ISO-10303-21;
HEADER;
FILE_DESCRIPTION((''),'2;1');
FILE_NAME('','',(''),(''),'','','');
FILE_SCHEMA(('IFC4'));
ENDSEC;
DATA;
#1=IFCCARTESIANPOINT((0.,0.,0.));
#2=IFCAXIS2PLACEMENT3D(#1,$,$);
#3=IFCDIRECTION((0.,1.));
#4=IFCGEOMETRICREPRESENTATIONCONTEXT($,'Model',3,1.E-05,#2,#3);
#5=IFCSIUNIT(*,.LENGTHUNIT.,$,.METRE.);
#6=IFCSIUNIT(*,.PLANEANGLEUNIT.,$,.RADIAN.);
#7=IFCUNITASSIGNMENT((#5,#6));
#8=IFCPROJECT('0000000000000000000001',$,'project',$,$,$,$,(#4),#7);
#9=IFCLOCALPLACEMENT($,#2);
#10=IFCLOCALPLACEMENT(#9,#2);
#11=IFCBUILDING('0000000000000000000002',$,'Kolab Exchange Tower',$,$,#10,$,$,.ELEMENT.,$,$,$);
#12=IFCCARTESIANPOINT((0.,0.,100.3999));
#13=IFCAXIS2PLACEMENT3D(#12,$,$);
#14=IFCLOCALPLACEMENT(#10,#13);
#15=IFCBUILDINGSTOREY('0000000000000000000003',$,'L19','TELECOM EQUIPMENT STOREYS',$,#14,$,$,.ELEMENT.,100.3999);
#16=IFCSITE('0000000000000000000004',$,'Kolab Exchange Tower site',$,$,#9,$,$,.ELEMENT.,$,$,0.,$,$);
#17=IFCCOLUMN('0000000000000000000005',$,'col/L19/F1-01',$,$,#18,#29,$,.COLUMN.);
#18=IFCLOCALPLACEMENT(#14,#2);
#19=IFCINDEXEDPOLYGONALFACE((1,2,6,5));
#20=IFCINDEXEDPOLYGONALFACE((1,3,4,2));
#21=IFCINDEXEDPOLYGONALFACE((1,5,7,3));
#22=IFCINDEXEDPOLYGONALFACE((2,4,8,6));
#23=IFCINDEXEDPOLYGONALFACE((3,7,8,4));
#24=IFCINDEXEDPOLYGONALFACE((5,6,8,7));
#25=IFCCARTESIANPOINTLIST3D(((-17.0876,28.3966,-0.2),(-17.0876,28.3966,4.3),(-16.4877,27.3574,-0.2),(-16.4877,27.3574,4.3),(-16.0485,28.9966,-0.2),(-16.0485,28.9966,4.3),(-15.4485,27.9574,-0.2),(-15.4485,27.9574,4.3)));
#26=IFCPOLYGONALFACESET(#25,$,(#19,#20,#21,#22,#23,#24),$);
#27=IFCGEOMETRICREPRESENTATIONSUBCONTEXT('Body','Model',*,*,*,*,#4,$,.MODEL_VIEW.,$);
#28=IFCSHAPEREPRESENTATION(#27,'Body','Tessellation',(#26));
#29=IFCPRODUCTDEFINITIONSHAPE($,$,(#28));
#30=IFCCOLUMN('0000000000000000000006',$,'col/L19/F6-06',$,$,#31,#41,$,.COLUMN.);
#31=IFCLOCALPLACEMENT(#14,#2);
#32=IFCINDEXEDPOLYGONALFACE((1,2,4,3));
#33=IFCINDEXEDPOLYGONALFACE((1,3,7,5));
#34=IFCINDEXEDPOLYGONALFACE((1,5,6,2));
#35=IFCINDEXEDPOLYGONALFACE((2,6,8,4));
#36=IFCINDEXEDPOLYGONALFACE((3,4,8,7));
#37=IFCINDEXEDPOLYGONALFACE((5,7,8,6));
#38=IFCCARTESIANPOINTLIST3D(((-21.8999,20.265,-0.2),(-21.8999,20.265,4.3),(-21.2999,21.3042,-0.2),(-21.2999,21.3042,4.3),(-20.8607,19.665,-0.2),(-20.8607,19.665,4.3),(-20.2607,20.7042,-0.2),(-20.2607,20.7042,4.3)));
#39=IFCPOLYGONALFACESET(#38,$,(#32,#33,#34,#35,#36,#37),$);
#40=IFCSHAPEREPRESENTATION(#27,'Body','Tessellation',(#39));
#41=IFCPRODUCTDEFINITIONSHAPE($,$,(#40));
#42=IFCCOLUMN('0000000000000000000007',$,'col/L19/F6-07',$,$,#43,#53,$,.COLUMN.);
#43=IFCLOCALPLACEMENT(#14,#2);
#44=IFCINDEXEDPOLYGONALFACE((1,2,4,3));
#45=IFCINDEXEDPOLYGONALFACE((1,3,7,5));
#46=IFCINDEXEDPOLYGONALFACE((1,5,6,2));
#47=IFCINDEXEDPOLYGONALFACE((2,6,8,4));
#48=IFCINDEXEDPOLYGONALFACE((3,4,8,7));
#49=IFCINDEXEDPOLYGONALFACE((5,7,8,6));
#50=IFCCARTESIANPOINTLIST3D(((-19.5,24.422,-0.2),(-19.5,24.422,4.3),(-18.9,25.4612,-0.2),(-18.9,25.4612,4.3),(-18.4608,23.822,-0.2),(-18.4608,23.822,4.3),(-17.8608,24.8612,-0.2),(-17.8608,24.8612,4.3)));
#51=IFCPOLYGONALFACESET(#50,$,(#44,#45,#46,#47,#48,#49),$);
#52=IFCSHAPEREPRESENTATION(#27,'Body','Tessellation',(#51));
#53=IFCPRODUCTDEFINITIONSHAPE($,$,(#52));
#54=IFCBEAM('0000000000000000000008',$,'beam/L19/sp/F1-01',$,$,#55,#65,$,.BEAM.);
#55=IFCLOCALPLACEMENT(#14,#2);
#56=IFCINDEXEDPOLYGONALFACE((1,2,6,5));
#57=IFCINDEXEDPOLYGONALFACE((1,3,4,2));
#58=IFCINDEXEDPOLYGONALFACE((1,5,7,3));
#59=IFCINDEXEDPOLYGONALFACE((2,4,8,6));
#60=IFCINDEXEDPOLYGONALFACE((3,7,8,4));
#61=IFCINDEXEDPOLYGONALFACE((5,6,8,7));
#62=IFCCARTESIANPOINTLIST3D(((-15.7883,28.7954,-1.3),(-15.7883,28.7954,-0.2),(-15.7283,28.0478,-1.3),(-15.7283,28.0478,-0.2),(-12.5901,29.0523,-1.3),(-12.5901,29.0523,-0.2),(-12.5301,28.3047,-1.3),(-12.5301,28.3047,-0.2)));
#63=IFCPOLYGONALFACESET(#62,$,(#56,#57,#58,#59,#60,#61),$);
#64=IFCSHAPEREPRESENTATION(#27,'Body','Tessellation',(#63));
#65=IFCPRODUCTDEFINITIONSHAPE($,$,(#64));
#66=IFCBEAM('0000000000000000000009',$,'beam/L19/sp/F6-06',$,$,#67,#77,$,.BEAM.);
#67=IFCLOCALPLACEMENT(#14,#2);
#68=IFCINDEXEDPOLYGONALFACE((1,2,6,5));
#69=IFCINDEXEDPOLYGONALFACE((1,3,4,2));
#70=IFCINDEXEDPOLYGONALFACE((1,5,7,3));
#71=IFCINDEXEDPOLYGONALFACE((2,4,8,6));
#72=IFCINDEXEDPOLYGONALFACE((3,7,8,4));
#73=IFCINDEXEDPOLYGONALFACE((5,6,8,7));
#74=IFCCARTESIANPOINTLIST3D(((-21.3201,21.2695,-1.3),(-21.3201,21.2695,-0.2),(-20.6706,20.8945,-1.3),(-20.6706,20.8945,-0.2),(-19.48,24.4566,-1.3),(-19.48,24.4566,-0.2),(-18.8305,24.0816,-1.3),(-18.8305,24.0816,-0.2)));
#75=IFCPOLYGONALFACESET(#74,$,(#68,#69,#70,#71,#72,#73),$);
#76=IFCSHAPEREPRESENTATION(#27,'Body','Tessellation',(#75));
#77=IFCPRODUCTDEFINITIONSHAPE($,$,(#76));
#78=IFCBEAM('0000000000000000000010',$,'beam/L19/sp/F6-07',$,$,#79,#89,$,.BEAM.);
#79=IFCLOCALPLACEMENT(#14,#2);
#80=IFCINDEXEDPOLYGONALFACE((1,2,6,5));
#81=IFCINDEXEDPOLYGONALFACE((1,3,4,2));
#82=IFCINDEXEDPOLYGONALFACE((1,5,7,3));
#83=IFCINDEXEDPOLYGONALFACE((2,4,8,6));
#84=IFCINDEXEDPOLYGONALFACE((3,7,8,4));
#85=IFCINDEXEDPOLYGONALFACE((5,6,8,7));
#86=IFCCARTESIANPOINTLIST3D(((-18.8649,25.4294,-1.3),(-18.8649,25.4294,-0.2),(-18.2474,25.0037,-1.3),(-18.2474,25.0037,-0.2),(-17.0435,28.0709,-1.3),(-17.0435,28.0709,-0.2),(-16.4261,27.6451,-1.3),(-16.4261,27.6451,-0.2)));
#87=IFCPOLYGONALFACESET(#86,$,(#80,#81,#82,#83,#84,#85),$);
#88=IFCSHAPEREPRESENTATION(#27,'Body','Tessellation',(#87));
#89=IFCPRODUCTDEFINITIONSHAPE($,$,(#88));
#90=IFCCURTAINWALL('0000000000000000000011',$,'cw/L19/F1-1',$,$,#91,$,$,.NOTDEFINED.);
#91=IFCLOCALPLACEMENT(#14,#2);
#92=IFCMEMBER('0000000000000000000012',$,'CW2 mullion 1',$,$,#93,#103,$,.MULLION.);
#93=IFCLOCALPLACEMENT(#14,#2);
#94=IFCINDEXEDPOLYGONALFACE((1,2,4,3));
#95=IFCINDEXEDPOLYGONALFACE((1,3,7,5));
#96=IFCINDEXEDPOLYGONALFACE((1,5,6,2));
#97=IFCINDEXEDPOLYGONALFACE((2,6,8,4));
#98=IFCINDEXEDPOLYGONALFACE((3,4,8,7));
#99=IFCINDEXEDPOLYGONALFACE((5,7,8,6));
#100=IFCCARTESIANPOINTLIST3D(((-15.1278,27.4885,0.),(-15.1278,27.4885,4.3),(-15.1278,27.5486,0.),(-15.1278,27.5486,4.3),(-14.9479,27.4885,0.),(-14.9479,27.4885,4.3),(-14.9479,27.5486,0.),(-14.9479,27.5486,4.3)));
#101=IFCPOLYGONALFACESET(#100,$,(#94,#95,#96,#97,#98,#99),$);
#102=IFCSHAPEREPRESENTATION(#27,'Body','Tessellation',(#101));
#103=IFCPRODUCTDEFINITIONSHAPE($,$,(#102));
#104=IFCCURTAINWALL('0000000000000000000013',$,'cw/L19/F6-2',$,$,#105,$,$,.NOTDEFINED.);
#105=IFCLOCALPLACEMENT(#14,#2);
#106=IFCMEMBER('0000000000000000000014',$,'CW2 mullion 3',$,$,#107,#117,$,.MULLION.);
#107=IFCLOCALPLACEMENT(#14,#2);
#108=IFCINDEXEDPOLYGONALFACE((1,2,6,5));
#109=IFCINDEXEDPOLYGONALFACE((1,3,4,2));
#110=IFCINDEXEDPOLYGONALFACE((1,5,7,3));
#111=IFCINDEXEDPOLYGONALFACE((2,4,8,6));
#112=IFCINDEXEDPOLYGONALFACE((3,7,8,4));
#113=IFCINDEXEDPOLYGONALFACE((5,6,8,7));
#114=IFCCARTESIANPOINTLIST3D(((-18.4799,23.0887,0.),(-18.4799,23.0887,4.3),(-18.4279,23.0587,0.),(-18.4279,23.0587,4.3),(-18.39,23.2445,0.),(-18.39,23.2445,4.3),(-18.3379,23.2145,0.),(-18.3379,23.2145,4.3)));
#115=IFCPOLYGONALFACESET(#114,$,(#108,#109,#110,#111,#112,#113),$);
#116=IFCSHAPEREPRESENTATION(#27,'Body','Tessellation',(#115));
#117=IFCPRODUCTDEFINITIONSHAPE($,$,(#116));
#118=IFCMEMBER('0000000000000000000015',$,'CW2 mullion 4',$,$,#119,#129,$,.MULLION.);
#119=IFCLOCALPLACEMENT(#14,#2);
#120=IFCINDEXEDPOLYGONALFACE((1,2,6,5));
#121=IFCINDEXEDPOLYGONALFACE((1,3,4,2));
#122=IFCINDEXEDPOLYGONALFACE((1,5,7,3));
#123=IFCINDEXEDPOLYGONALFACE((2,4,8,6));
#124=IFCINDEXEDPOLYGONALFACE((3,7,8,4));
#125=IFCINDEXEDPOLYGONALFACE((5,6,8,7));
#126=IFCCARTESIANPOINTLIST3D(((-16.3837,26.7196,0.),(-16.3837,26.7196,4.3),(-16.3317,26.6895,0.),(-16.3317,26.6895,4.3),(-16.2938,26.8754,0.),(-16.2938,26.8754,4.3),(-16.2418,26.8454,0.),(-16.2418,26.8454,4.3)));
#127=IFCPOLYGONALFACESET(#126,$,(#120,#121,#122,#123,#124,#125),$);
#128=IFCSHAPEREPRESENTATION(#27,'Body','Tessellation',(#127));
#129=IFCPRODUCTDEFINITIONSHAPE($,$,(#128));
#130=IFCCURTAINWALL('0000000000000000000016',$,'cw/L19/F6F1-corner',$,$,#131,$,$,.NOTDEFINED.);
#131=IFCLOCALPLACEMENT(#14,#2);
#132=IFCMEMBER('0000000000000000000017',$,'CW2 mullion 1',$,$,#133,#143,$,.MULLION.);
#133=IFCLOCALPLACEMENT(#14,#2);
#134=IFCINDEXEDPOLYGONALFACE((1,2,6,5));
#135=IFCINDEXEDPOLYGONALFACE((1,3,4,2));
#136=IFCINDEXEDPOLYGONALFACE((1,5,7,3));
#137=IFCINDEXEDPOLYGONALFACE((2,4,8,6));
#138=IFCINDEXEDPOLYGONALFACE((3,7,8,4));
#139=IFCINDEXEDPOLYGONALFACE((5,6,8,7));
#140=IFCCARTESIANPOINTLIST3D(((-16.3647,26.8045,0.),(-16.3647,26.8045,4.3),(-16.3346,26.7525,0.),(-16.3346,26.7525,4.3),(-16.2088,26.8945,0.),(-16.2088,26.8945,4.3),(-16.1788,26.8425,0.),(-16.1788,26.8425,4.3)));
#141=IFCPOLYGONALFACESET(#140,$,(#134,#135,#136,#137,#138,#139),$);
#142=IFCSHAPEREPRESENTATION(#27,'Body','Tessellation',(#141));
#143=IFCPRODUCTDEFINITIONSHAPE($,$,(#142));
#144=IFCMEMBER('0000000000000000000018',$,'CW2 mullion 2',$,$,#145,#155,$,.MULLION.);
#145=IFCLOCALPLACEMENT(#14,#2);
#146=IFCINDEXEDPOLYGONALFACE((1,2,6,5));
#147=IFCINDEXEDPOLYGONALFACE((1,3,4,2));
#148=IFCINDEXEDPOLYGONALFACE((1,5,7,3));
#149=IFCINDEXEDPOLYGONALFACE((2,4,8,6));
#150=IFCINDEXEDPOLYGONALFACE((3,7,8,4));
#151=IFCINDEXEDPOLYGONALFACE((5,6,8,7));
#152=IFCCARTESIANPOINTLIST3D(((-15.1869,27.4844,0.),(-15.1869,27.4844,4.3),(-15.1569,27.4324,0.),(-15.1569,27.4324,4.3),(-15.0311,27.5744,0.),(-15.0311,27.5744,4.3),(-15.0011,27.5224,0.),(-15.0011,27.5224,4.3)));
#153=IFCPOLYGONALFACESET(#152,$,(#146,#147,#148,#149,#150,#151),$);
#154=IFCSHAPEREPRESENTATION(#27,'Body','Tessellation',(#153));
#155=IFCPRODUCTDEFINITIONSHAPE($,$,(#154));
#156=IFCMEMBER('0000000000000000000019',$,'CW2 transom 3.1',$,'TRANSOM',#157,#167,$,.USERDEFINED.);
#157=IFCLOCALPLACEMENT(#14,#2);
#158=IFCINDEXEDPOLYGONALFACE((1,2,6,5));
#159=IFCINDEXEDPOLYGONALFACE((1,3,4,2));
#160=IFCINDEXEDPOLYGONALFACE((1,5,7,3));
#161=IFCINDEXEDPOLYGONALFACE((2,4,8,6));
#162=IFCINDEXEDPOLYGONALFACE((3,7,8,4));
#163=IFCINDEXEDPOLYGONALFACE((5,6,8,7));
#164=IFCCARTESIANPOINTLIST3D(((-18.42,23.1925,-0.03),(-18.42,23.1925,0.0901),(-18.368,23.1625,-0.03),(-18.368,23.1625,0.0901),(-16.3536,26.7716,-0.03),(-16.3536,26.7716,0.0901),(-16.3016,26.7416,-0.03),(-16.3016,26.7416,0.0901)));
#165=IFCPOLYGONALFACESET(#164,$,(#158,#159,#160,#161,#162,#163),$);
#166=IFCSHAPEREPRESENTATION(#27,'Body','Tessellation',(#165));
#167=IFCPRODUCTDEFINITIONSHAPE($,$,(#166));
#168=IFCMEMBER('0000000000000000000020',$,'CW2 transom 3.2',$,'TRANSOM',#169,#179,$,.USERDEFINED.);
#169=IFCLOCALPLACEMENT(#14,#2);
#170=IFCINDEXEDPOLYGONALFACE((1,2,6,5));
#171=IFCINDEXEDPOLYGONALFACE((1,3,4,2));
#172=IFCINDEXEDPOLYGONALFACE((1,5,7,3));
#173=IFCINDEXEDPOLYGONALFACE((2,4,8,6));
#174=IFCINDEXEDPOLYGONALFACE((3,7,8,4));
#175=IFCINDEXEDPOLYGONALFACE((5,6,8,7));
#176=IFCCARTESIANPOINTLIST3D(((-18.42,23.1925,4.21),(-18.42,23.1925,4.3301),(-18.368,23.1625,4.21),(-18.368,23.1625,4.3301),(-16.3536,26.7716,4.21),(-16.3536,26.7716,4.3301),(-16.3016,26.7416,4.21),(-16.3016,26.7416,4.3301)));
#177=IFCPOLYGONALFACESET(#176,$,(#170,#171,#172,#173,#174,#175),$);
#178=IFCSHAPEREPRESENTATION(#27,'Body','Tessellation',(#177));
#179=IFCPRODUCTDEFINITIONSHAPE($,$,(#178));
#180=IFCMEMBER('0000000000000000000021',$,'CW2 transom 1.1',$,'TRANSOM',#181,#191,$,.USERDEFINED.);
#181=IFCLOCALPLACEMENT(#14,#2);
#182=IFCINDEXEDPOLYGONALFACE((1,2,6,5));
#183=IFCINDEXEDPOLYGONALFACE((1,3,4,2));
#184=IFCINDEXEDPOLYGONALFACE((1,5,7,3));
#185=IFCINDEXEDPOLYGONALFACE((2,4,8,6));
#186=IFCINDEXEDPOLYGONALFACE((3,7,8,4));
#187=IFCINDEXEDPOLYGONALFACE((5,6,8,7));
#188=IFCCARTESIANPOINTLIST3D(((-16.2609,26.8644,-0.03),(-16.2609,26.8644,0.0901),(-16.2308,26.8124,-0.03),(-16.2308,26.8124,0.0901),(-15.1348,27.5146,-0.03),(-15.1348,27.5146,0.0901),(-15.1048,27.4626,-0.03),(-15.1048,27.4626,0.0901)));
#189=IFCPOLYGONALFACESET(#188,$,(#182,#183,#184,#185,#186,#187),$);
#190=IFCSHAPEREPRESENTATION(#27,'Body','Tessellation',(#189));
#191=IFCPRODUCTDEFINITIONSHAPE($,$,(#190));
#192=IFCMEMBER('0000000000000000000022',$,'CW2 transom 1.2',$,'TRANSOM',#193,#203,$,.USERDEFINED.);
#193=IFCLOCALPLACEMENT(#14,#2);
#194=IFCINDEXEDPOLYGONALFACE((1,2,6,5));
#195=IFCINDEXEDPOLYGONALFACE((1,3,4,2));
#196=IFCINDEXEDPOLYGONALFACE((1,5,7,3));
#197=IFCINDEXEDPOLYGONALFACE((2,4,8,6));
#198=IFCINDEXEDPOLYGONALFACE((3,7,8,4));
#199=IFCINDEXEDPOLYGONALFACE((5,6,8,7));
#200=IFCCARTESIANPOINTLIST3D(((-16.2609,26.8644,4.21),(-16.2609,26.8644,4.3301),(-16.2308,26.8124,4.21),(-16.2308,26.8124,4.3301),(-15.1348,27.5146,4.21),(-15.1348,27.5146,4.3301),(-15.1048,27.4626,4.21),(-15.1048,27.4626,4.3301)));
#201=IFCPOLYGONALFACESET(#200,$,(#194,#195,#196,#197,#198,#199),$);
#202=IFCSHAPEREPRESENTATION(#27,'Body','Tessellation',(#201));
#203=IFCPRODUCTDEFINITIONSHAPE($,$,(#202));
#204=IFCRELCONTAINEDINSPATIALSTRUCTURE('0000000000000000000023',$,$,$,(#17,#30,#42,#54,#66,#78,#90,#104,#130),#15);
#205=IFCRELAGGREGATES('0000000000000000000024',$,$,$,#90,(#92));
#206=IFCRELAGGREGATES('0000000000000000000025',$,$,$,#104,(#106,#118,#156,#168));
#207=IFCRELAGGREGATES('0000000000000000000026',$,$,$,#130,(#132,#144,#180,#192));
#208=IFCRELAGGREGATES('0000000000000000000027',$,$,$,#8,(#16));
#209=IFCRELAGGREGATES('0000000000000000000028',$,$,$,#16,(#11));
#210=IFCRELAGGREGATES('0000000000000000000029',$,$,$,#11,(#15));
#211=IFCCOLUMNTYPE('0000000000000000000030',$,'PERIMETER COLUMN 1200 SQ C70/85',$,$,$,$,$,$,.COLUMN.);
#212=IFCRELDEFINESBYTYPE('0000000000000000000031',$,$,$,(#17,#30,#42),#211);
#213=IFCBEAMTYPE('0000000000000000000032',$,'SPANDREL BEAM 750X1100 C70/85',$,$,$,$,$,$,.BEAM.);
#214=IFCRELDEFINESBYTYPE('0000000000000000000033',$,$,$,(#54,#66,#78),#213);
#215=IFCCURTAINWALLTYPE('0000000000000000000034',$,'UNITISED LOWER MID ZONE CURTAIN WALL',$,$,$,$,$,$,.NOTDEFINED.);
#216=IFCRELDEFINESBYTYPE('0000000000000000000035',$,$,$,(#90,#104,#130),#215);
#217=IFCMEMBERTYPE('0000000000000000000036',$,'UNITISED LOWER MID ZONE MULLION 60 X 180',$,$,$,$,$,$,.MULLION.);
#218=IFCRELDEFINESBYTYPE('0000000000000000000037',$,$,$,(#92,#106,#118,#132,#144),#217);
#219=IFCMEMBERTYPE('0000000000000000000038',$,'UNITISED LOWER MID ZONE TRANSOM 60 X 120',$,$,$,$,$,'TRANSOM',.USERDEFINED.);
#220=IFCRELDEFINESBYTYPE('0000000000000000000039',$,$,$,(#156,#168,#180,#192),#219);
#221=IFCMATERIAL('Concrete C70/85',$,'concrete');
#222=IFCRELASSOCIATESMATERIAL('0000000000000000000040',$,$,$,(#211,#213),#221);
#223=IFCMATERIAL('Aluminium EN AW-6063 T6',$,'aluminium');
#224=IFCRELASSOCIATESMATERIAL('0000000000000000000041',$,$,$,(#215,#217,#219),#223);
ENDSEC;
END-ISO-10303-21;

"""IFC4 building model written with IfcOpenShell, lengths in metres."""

from ifc_helpers import new_model, si_unit, direction, frame, origin, origin_2d, place, context, subcontext, project, spatial, rectangle, extrude, material, material_profile, profile_set, type_object, element, aggregate, save


model = new_model("IFC4")

# Units and contexts
model_context = context("Model", 3, precision=1e-05, world=origin(), true_north=direction((0.0, 1.0)))
body_context = subcontext(model_context, "Body", "Model", "MODEL_VIEW")
ifc_project = project(units=[si_unit("LENGTHUNIT", "METRE"), si_unit("PLANEANGLEUNIT", "RADIAN")], contexts=[model_context])

# Site, building, storey
site_placement = place(None, origin())
site = spatial("IfcSite", under=ifc_project, at=site_placement, Name="Kolab Exchange Tower site", CompositionType="ELEMENT", RefElevation=0.0)
building_placement = place(site_placement, origin())
building = spatial("IfcBuilding", under=site, at=building_placement, Name="Kolab Exchange Tower", CompositionType="ELEMENT")
storey_placement = place(building_placement, frame((0.0, 0.0, 100.3999)))
storey = spatial("IfcBuildingStorey", under=building, at=storey_placement, Name="L19", Description="TELECOM EQUIPMENT STOREYS", CompositionType="ELEMENT", Elevation=100.3999)

# Columns
ifc_material_1 = material(Name="Concrete C70/85", Category="concrete")
ifc_material_profile_1 = material_profile(ifc_material_1, rectangle(XDim=1.2, YDim=1.2, at=origin_2d()), Name="RC1200")
ifc_profile_set_1 = profile_set([ifc_material_profile_1], Name="Concrete C70/85")
column_type = type_object("IfcColumnType", Name="PERIMETER COLUMN 1200 SQ C70/85", PredefinedType="COLUMN", material=ifc_profile_set_1)
for number, where, z_axis, x_axis, name in (
    (1, (-16.2681, 28.177, -0.2), (0.0, 0.0, 1.0), (0.866025, 0.5, 0.0), "col/L19/F1-01"),
    (2, (-21.0803, 20.4846, -0.2), (0.0, 0.0, 1.0), (0.5, 0.866025, 0.0), "col/L19/F6-06"),
    (3, (-18.6804, 24.6416, -0.2), (0.0, 0.0, 1.0), (0.5, 0.866025, 0.0), "col/L19/F6-07"),
):
    element("IfcColumn", number, at=place(storey_placement, frame(where, z_axis=z_axis, x_axis=x_axis)), inside=storey, type_object=column_type, Name=name, PredefinedType="COLUMN", context=body_context, shape_type="SweptSolid", body=[
        extrude(rectangle(XDim=1.2, YDim=1.2, at=origin_2d()), origin(), (0.0, 0.0, 1.0), 4.5),
    ])

# Beams
ifc_material_profile_2 = material_profile(ifc_material_1, rectangle(XDim=0.75, YDim=1.1001, at=origin_2d()), Name="RC750X1100")
ifc_profile_set_2 = profile_set([ifc_material_profile_2], Name="Concrete C70/85")
beam_type = type_object("IfcBeamType", Name="SPANDREL BEAM 750X1100 C70/85", PredefinedType="BEAM", material=ifc_profile_set_2)
beam_1_placement = place(storey_placement, frame((-15.7583, 28.4216, -0.75), z_axis=(0.996791, 0.080048, 0.0), x_axis=(-0.080048, 0.996791, 0.0)))
element("IfcBeam", 4, at=beam_1_placement, inside=storey, type_object=beam_type, Name="beam/L19/sp/F1-01", PredefinedType="BEAM", context=body_context, shape_type="SweptSolid", body=[
    extrude(rectangle(XDim=0.75, YDim=1.1001, at=origin_2d()), origin(), (0.0, 0.0, 1.0), 3.2085),
])
beam_2_placement = place(storey_placement, frame((-20.9954, 21.082, -0.75), z_axis=(0.500013, 0.866018, 0.0), x_axis=(-0.866018, 0.500013, 0.0)))
element("IfcBeam", 5, at=beam_2_placement, inside=storey, type_object=beam_type, Name="beam/L19/sp/F6-06", PredefinedType="BEAM", context=body_context, shape_type="SweptSolid", body=[
    extrude(rectangle(XDim=0.75, YDim=1.1001, at=origin_2d()), origin(), (0.0, 0.0, 1.0), 3.6802),
])
beam_3_placement = place(storey_placement, frame((-18.5562, 25.2166, -0.75), z_axis=(0.567662, 0.823262, 0.0), x_axis=(-0.823262, 0.567662, 0.0)))
element("IfcBeam", 6, at=beam_3_placement, inside=storey, type_object=beam_type, Name="beam/L19/sp/F6-07", PredefinedType="BEAM", context=body_context, shape_type="SweptSolid", body=[
    extrude(rectangle(XDim=0.75, YDim=1.1001, at=origin_2d()), origin(), (0.0, 0.0, 1.0), 3.2085),
])

# Curtain wall, member
ifc_material_2 = material(Name="Aluminium EN AW-6063 T6", Category="aluminium")
curtain_wall_type = type_object("IfcCurtainWallType", Name="UNITISED LOWER MID ZONE CURTAIN WALL", PredefinedType="NOTDEFINED", material=ifc_material_2)
curtain_wall_1_placement = place(storey_placement, origin())
curtain_wall_1 = element("IfcCurtainWall", 7, at=curtain_wall_1_placement, inside=storey, type_object=curtain_wall_type, Name="cw/L19/F1-1", PredefinedType="NOTDEFINED")
ifc_material_profile_3 = material_profile(ifc_material_2, rectangle(XDim=0.0601, YDim=0.1799, at=origin_2d()), Name="RECT 60X180")
ifc_profile_set_3 = profile_set([ifc_material_profile_3], Name="Aluminium EN AW-6063 T6")
member_type_1 = type_object("IfcMemberType", Name="UNITISED LOWER MID ZONE MULLION 60 X 180", PredefinedType="MULLION", material=ifc_profile_set_3)
member_1_placement = place(storey_placement, frame((-15.0378, 27.5186, 0.0), z_axis=(0.0, 0.0, 1.0), x_axis=(0.0, 1.0, 0.0)))
member_1 = element("IfcMember", 8, at=member_1_placement, type_object=member_type_1, Name="CW2 mullion 1", PredefinedType="MULLION", context=body_context, shape_type="SweptSolid", body=[
    extrude(rectangle(XDim=0.0601, YDim=0.1799, at=origin_2d()), origin(), (0.0, 0.0, 1.0), 4.3),
])
aggregate(curtain_wall_1, [member_1])

# Curtain walls, members
curtain_wall_2_placement = place(storey_placement, origin())
curtain_wall_2 = element("IfcCurtainWall", 9, at=curtain_wall_2_placement, inside=storey, type_object=curtain_wall_type, Name="cw/L19/F6-2", PredefinedType="NOTDEFINED")
member_2_placement = place(storey_placement, frame((-18.4089, 23.1516, 0.0), z_axis=(0.0, 0.0, 1.0), x_axis=(-0.866025, 0.5, 0.0)))
member_2 = element("IfcMember", 10, at=member_2_placement, type_object=member_type_1, Name="CW2 mullion 3", PredefinedType="MULLION", context=body_context, shape_type="SweptSolid", body=[
    extrude(rectangle(XDim=0.0601, YDim=0.1799, at=origin_2d()), origin(), (0.0, 0.0, 1.0), 4.3),
])
member_3_placement = place(storey_placement, frame((-16.3127, 26.7825, 0.0), z_axis=(0.0, 0.0, 1.0), x_axis=(-0.866025, 0.5, 0.0)))
member_3 = element("IfcMember", 11, at=member_3_placement, type_object=member_type_1, Name="CW2 mullion 4", PredefinedType="MULLION", context=body_context, shape_type="SweptSolid", body=[
    extrude(rectangle(XDim=0.0601, YDim=0.1799, at=origin_2d()), origin(), (0.0, 0.0, 1.0), 4.3),
])
curtain_wall_3_placement = place(storey_placement, origin())
curtain_wall_3 = element("IfcCurtainWall", 12, at=curtain_wall_3_placement, inside=storey, type_object=curtain_wall_type, Name="cw/L19/F6F1-corner", PredefinedType="NOTDEFINED")
member_4_placement = place(storey_placement, frame((-16.2717, 26.8235, 0.0), z_axis=(0.0, 0.0, 1.0), x_axis=(-0.5, 0.866025, 0.0)))
member_4 = element("IfcMember", 13, at=member_4_placement, type_object=member_type_1, Name="CW2 mullion 1", PredefinedType="MULLION", context=body_context, shape_type="SweptSolid", body=[
    extrude(rectangle(XDim=0.0601, YDim=0.1799, at=origin_2d()), origin(), (0.0, 0.0, 1.0), 4.3),
])
member_5_placement = place(storey_placement, frame((-15.094, 27.5034, 0.0), z_axis=(0.0, 0.0, 1.0), x_axis=(-0.5, 0.866025, 0.0)))
member_5 = element("IfcMember", 14, at=member_5_placement, type_object=member_type_1, Name="CW2 mullion 2", PredefinedType="MULLION", context=body_context, shape_type="SweptSolid", body=[
    extrude(rectangle(XDim=0.0601, YDim=0.1799, at=origin_2d()), origin(), (0.0, 0.0, 1.0), 4.3),
])

# Members
ifc_material_profile_4 = material_profile(ifc_material_2, rectangle(XDim=0.0601, YDim=0.1201, at=origin_2d()), Name="RECT 60X120")
ifc_profile_set_4 = profile_set([ifc_material_profile_4], Name="Aluminium EN AW-6063 T6")
member_type_2 = type_object("IfcMemberType", Name="UNITISED LOWER MID ZONE TRANSOM 60 X 120", ElementType="TRANSOM", PredefinedType="USERDEFINED", material=ifc_profile_set_4)
member_6_placement = place(storey_placement, frame((-18.394, 23.1775, 0.03), z_axis=(0.500002, 0.866024, 0.0), x_axis=(-0.866024, 0.500002, 0.0)))
member_6 = element("IfcMember", 15, at=member_6_placement, type_object=member_type_2, Name="CW2 transom 3.1", ObjectType="TRANSOM", PredefinedType="USERDEFINED", context=body_context, shape_type="SweptSolid", body=[
    extrude(rectangle(XDim=0.0601, YDim=0.1201, at=origin_2d()), origin(), (0.0, 0.0, 1.0), 4.1328),
])
member_7_placement = place(storey_placement, frame((-18.394, 23.1775, 4.27), z_axis=(0.500002, 0.866024, 0.0), x_axis=(-0.866024, 0.500002, 0.0)))
member_7 = element("IfcMember", 16, at=member_7_placement, type_object=member_type_2, Name="CW2 transom 3.2", ObjectType="TRANSOM", PredefinedType="USERDEFINED", context=body_context, shape_type="SweptSolid", body=[
    extrude(rectangle(XDim=0.0601, YDim=0.1201, at=origin_2d()), origin(), (0.0, 0.0, 1.0), 4.1328),
])
member_8_placement = place(storey_placement, frame((-16.2458, 26.8384, 0.03), z_axis=(0.866004, 0.500037, 0.0), x_axis=(-0.500037, 0.866004, 0.0)))
member_8 = element("IfcMember", 17, at=member_8_placement, type_object=member_type_2, Name="CW2 transom 1.1", ObjectType="TRANSOM", PredefinedType="USERDEFINED", context=body_context, shape_type="SweptSolid", body=[
    extrude(rectangle(XDim=0.0601, YDim=0.1201, at=origin_2d()), origin(), (0.0, 0.0, 1.0), 1.3003),
])
member_9_placement = place(storey_placement, frame((-16.2458, 26.8384, 4.27), z_axis=(0.866004, 0.500037, 0.0), x_axis=(-0.500037, 0.866004, 0.0)))
member_9 = element("IfcMember", 18, at=member_9_placement, type_object=member_type_2, Name="CW2 transom 1.2", ObjectType="TRANSOM", PredefinedType="USERDEFINED", context=body_context, shape_type="SweptSolid", body=[
    extrude(rectangle(XDim=0.0601, YDim=0.1201, at=origin_2d()), origin(), (0.0, 0.0, 1.0), 1.3003),
])

aggregate(curtain_wall_2, [member_2, member_3, member_6, member_7])
aggregate(curtain_wall_3, [member_4, member_5, member_8, member_9])

save(model, "model.ifc")
